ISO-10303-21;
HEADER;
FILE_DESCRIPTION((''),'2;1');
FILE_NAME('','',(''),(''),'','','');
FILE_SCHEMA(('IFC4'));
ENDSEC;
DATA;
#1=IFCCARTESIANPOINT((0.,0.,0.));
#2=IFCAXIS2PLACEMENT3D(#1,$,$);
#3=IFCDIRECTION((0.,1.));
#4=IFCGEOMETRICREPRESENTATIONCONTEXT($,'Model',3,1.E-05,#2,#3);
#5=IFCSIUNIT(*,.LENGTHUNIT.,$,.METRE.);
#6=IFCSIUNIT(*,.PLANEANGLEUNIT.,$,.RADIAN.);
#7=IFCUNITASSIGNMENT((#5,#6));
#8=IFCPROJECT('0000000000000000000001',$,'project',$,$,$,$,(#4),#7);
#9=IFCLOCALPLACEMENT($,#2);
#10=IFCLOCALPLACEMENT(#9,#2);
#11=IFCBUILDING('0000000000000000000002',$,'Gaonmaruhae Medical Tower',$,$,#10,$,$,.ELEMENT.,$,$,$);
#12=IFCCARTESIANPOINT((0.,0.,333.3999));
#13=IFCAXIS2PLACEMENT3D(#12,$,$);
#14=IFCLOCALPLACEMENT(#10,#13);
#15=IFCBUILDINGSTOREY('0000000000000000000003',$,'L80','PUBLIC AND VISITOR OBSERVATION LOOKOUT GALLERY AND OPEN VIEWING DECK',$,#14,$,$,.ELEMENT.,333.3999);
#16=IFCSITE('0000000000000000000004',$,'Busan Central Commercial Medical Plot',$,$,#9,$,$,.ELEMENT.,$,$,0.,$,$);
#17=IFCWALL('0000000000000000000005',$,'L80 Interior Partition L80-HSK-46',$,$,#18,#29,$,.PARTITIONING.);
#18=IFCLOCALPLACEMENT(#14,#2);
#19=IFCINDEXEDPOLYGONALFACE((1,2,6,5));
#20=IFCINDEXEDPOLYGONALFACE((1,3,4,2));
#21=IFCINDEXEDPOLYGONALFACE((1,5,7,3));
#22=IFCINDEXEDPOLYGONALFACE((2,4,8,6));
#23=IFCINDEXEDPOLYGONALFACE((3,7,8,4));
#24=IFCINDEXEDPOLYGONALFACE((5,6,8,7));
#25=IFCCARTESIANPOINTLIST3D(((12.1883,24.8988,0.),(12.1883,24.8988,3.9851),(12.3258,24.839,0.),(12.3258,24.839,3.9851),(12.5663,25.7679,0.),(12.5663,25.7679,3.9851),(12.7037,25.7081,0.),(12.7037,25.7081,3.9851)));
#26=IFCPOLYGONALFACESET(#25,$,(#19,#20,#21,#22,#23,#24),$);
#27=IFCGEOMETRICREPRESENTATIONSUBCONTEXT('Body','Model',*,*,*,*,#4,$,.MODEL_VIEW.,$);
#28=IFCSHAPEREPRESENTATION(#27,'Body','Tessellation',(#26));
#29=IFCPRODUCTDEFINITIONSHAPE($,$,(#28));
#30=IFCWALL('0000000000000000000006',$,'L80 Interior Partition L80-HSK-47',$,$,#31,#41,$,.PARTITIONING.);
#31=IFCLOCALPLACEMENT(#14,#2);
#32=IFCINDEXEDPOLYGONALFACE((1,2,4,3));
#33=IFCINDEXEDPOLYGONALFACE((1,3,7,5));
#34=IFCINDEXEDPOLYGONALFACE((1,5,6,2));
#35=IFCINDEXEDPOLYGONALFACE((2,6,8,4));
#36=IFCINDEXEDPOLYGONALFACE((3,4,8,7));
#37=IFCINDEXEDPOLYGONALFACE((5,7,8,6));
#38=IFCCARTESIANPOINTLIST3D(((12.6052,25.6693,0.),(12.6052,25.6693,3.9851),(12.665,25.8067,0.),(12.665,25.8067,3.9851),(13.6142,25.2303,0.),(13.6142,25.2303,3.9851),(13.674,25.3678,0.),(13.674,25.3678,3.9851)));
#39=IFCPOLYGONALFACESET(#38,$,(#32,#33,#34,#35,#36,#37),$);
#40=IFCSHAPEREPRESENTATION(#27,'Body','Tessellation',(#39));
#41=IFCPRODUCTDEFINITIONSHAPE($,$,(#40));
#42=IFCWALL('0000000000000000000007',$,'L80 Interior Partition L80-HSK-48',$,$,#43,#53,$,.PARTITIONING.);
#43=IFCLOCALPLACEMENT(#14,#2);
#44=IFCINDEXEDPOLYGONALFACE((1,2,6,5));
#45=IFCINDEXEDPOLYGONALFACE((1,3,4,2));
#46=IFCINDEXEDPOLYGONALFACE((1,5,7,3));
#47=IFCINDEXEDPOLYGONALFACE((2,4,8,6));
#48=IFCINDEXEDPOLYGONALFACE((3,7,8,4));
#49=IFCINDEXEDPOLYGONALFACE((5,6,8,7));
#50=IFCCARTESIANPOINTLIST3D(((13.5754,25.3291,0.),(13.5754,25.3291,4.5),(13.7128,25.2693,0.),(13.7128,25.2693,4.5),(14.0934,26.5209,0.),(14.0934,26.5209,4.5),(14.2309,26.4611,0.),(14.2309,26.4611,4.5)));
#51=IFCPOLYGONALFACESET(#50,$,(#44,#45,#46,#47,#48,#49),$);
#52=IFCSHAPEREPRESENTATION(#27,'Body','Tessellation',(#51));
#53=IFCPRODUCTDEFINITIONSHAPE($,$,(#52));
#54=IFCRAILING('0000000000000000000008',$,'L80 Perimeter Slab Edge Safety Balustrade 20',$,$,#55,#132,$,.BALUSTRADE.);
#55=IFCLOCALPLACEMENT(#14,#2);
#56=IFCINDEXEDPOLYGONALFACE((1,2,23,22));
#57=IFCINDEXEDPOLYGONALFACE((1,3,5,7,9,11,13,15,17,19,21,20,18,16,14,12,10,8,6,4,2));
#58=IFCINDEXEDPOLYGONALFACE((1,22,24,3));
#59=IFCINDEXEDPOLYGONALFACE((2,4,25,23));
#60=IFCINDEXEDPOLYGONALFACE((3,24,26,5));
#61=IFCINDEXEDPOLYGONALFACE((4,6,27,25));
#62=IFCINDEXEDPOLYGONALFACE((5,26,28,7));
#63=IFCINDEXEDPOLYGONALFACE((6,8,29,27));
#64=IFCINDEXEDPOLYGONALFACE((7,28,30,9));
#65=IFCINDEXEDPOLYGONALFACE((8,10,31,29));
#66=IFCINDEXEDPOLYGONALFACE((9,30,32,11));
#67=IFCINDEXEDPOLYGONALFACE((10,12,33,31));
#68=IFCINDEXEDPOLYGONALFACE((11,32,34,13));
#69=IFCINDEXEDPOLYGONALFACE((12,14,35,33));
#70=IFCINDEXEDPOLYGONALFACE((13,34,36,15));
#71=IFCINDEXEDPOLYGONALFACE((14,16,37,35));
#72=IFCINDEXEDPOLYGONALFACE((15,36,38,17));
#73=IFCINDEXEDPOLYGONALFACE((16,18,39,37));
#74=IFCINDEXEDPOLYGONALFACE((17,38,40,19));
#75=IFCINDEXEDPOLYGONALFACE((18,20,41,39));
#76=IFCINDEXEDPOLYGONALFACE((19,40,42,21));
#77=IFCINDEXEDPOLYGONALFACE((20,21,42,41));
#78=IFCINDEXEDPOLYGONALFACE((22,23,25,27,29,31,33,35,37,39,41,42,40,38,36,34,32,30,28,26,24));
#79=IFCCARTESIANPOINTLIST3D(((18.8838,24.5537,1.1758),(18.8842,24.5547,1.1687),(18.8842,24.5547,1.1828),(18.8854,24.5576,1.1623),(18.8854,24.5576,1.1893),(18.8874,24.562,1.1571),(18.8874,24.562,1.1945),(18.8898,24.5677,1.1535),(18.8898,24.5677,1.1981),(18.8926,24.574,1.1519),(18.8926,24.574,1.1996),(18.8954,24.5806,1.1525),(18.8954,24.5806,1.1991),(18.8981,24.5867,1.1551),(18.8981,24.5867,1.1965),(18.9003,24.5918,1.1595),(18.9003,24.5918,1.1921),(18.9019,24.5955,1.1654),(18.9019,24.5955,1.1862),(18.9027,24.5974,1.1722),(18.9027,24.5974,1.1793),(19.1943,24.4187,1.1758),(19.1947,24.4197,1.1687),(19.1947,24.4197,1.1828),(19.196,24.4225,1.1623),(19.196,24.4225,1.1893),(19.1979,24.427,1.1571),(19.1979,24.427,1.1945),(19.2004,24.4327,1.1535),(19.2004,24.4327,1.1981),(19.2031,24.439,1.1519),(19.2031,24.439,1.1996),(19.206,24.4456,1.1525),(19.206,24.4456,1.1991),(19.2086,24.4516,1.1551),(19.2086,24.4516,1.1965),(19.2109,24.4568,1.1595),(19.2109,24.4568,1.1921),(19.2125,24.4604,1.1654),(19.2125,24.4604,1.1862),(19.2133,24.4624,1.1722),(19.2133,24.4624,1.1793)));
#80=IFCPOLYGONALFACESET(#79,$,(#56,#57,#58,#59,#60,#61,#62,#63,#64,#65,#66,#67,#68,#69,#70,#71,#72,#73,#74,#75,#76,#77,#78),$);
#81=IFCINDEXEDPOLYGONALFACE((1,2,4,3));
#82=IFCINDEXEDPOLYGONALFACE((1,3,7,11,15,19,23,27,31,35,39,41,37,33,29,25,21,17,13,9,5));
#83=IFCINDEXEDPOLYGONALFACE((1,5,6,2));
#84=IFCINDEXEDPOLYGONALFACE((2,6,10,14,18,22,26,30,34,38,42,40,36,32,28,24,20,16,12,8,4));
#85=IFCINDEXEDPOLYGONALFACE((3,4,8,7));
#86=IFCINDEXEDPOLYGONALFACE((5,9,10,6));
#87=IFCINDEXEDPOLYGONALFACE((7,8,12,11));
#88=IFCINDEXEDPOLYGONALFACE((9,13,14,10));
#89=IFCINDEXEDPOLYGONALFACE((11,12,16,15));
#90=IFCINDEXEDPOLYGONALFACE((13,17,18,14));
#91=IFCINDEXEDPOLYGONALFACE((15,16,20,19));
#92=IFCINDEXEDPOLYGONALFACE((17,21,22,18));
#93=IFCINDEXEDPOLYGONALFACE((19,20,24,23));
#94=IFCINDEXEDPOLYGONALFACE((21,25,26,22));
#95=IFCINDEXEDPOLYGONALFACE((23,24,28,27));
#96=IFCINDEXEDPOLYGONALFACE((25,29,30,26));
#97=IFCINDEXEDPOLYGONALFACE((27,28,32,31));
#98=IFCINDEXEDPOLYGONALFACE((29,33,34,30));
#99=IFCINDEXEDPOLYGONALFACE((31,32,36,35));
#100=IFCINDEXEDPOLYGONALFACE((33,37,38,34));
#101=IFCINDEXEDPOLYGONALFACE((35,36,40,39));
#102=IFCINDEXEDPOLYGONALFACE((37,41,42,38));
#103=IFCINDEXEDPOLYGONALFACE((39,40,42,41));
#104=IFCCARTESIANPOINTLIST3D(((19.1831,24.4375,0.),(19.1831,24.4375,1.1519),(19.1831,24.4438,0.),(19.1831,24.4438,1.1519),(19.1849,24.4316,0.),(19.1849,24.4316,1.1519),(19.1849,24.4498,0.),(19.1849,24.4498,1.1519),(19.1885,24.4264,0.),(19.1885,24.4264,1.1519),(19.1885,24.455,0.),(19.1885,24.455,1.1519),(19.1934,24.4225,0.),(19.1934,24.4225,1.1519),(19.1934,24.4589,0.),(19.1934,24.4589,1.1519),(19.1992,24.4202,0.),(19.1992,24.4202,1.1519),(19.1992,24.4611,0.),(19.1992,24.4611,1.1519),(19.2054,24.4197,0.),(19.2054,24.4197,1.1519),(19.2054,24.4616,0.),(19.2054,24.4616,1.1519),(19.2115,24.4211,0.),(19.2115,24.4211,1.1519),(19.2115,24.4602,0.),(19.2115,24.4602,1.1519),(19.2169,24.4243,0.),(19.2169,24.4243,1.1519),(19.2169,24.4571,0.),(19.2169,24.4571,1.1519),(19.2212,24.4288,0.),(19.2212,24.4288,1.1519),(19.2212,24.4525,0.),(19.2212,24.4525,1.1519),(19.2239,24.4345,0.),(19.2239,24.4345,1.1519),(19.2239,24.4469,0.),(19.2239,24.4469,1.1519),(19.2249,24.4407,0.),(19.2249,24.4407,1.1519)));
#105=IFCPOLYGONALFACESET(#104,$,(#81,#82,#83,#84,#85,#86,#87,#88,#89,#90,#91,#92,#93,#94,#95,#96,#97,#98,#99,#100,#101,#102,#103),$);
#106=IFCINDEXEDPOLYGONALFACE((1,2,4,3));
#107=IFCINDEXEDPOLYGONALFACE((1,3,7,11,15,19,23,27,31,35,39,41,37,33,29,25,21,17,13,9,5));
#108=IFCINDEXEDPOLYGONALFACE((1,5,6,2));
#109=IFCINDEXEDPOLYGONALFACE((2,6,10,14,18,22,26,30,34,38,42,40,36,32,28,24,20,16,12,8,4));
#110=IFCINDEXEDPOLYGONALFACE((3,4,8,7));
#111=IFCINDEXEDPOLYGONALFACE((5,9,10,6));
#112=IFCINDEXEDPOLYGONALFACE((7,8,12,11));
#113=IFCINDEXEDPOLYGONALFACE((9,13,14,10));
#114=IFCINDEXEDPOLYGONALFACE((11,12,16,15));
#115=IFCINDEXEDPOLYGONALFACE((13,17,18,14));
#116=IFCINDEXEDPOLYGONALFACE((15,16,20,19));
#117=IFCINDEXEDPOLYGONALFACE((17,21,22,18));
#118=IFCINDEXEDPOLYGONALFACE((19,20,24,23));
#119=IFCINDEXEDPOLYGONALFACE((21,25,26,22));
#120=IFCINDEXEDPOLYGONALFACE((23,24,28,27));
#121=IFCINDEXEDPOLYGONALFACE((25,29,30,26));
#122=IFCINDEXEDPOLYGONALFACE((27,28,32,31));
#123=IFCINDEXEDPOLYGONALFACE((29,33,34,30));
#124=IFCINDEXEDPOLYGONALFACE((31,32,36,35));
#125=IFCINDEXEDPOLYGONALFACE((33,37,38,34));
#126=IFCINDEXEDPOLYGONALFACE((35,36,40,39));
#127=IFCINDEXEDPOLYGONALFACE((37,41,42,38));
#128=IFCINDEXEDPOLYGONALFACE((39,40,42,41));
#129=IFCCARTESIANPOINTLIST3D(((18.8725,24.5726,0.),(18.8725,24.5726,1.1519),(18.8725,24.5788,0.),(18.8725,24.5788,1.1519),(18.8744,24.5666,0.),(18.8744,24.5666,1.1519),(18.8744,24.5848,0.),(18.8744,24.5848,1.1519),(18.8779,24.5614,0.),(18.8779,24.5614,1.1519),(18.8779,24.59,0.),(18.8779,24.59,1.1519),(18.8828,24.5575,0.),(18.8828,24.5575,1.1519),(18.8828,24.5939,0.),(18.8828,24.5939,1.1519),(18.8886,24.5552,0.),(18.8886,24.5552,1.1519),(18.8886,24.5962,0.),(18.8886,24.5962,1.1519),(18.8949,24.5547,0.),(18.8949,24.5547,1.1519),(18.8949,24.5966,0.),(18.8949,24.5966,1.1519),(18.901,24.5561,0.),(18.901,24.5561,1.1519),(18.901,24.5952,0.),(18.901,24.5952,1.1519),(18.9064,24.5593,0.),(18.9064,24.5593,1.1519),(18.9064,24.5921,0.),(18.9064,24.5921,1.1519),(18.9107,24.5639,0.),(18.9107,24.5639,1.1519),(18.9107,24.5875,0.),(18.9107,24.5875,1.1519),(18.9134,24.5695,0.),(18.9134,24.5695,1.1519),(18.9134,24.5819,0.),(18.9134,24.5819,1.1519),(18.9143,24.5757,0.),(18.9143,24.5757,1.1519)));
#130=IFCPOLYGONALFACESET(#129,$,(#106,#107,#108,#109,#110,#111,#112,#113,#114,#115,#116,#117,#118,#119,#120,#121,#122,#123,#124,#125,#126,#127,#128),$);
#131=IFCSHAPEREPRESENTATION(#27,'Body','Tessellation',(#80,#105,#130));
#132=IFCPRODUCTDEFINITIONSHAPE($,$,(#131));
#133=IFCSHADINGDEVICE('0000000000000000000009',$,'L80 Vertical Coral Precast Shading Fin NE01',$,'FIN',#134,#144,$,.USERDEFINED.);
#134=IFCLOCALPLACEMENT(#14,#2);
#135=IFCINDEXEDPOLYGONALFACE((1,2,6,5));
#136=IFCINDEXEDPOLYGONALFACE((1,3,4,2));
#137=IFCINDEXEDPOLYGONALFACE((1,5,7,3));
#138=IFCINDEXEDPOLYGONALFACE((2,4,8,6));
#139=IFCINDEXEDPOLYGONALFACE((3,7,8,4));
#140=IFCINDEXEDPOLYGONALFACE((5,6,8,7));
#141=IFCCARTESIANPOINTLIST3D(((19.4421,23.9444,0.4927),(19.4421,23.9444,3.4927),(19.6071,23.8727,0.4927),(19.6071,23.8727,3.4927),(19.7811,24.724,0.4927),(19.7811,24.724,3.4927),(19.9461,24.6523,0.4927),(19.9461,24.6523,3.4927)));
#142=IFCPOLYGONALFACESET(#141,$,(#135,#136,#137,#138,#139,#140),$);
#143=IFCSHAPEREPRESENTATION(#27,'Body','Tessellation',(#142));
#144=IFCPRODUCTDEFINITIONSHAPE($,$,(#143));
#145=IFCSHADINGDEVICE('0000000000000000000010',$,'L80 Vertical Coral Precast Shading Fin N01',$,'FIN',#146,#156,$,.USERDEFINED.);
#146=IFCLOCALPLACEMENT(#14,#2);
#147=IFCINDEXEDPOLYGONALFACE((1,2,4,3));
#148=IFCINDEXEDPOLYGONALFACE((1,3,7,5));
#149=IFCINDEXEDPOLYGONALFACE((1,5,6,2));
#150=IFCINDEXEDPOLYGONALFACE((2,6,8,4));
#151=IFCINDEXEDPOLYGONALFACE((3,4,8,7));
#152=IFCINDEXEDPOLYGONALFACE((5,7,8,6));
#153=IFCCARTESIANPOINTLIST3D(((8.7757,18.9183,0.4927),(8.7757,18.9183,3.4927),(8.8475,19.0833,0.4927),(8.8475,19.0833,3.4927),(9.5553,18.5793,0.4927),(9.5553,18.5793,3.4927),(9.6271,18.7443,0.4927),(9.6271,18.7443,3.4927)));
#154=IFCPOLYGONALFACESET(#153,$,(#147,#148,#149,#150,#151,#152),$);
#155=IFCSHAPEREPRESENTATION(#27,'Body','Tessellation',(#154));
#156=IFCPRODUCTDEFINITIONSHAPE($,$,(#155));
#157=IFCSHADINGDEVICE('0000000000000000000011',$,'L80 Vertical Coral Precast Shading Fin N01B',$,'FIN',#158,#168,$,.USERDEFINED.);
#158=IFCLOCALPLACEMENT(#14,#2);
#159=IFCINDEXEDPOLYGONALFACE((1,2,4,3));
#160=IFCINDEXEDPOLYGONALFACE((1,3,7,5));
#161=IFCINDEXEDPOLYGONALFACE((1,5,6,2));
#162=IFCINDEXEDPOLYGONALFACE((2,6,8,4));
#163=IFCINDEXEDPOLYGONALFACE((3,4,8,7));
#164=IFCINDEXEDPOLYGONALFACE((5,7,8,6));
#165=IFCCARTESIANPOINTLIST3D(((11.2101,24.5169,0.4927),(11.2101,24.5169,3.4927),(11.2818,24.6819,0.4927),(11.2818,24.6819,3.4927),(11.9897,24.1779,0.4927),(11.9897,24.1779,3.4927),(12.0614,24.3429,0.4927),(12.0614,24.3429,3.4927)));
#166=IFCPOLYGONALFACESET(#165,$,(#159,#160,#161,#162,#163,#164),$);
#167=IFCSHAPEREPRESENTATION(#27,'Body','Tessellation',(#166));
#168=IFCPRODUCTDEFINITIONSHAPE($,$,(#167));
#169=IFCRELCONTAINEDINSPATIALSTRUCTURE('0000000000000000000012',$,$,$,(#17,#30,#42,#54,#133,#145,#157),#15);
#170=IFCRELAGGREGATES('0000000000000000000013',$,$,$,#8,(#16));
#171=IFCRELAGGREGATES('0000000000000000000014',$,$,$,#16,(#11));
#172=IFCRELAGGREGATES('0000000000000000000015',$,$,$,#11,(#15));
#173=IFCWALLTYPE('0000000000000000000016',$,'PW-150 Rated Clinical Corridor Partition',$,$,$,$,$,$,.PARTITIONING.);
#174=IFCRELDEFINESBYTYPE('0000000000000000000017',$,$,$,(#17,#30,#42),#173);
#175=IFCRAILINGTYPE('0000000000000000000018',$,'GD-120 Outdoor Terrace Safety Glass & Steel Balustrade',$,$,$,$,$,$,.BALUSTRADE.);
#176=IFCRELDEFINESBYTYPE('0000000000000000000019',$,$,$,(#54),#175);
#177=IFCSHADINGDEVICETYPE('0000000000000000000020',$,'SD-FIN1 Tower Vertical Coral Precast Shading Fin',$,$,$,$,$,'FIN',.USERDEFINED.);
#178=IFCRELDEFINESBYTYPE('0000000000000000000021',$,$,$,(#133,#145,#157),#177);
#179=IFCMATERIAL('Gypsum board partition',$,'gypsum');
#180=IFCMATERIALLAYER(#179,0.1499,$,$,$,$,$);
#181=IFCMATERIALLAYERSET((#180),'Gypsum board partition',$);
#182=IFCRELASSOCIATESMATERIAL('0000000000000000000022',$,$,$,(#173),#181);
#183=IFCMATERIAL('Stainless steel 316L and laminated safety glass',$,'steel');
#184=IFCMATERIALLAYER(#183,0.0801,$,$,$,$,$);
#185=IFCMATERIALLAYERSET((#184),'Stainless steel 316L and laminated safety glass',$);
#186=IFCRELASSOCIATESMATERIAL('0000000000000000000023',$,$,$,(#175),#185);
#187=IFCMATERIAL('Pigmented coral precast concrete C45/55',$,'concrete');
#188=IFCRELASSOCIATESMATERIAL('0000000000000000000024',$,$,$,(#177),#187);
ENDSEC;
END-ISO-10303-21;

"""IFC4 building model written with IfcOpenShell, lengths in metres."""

from ifc_helpers import new_model, si_unit, direction, frame, frame_2d, origin, origin_2d, place, context, subcontext, project, spatial, rectangle, circle, extrude, material, layer, layer_set, type_object, element, save


model = new_model("IFC4")

# Units and contexts
model_context = context("Model", 3, precision=1e-05, world=origin(), true_north=direction((0.0, 1.0)))
body_context = subcontext(model_context, "Body", "Model", "MODEL_VIEW")
ifc_project = project(units=[si_unit("LENGTHUNIT", "METRE"), si_unit("PLANEANGLEUNIT", "RADIAN")], contexts=[model_context])

# Site, building, storey
site_placement = place(None, origin())
site = spatial("IfcSite", under=ifc_project, at=site_placement, Name="Busan Central Commercial Medical Plot", CompositionType="ELEMENT", RefElevation=0.0)
building_placement = place(site_placement, origin())
building = spatial("IfcBuilding", under=site, at=building_placement, Name="Gaonmaruhae Medical Tower", CompositionType="ELEMENT")
storey_placement = place(building_placement, frame((0.0, 0.0, 333.3999)))
storey = spatial("IfcBuildingStorey", under=building, at=storey_placement, Name="L80", Description="PUBLIC AND VISITOR OBSERVATION LOOKOUT GALLERY AND OPEN VIEWING DECK", CompositionType="ELEMENT", Elevation=333.3999)

# Shared definitions
ifc_material_1 = material(Name="Gypsum board partition", Category="gypsum")
ifc_layer_1 = layer(ifc_material_1, 0.1499)
ifc_layer_set_1 = layer_set([ifc_layer_1], Name="Gypsum board partition")
wall_type_1 = type_object("IfcWallType", Name="PW-150 Rated Clinical Corridor Partition", PredefinedType="PARTITIONING", material=ifc_layer_set_1)

# Walls
wall_1_placement = place(storey_placement, frame((12.2571, 24.8689, 0.0), z_axis=(0.0, 0.0, 1.0), x_axis=(0.398764, 0.917054, 0.0)))
element("IfcWall", 1, at=wall_1_placement, inside=storey, type_object=wall_type_1, Name="L80 Interior Partition L80-HSK-46", PredefinedType="PARTITIONING", context=body_context, shape_type="SweptSolid", body=[
    extrude(rectangle(XDim=0.9478, YDim=0.1499, at=frame_2d((0.4739, 0.0))), origin(), (0.0, 0.0, 1.0), 3.9851),
])
wall_2_placement = place(storey_placement, frame((12.635, 25.738, 0.0), z_axis=(0.0, 0.0, 1.0), x_axis=(0.916985, -0.398921, 0.0)))
element("IfcWall", 2, at=wall_2_placement, inside=storey, type_object=wall_type_1, Name="L80 Interior Partition L80-HSK-47", PredefinedType="PARTITIONING", context=body_context, shape_type="SweptSolid", body=[
    extrude(rectangle(XDim=1.1003, YDim=0.1499, at=frame_2d((0.5503, 0.0))), origin(), (0.0, 0.0, 1.0), 3.9851),
])
wall_3_placement = place(storey_placement, frame((13.644, 25.2991, 0.0), z_axis=(0.0, 0.0, 1.0), x_axis=(0.39863, 0.917112, 0.0)))
element("IfcWall", 3, at=wall_3_placement, inside=storey, type_object=wall_type_1, Name="L80 Interior Partition L80-HSK-48", PredefinedType="PARTITIONING", context=body_context, shape_type="SweptSolid", body=[
    extrude(rectangle(XDim=1.2996, YDim=0.1499, at=frame_2d((0.6499, 0.0))), origin(), (0.0, 0.0, 1.0), 4.5),
])

# Railing
ifc_material_2 = material(Name="Stainless steel 316L and laminated safety glass", Category="steel")
ifc_layer_2 = layer(ifc_material_2, 0.0801)
ifc_layer_set_2 = layer_set([ifc_layer_2], Name="Stainless steel 316L and laminated safety glass")
railing_type = type_object("IfcRailingType", Name="GD-120 Outdoor Terrace Safety Glass & Steel Balustrade", PredefinedType="BALUSTRADE", material=ifc_layer_set_2)
railing_placement = place(storey_placement, frame((19.2039, 24.4407, 0.0)))
element("IfcRailing", 4, at=railing_placement, inside=storey, type_object=railing_type, Name="L80 Perimeter Slab Edge Safety Balustrade 20", PredefinedType="BALUSTRADE", context=body_context, shape_type="SweptSolid", body=[
    extrude(circle(Radius=0.0239, at=origin_2d()), frame((0.0, 0.0, 1.1758), z_axis=(-0.917082, 0.3987, 0.0), x_axis=(-0.3987, -0.917082, 0.0)), (0.0, 0.0, 1.0), 0.3386),
    extrude(circle(Radius=0.021, at=origin_2d()), origin(), (0.0, 0.0, 1.0), 1.1519),
    extrude(circle(Radius=0.021, at=origin_2d()), frame((-0.3105, 0.135, 0.0)), (0.0, 0.0, 1.0), 1.1519),
])

# Shading devices
ifc_material_3 = material(Name="Pigmented coral precast concrete C45/55", Category="concrete")
shading_device_type = type_object("IfcShadingDeviceType", Name="SD-FIN1 Tower Vertical Coral Precast Shading Fin", ElementType="FIN", PredefinedType="USERDEFINED", material=ifc_material_3)
for number, where, z_axis, x_axis, name in (
    (5, (19.6941, 24.2983, 0.4927), (0.0, 0.0, 1.0), (0.91706, -0.398749, 0.0), "L80 Vertical Coral Precast Shading Fin NE01"),
    (6, (9.2014, 18.8313, 0.4927), (0.0, 0.0, 1.0), (0.398749, 0.91706, 0.0), "L80 Vertical Coral Precast Shading Fin N01"),
    (7, (11.6357, 24.4299, 0.4927), (0.0, 0.0, 1.0), (0.398749, 0.91706, 0.0), "L80 Vertical Coral Precast Shading Fin N01B"),
):
    element("IfcShadingDevice", number, at=place(storey_placement, frame(where, z_axis=z_axis, x_axis=x_axis)), inside=storey, type_object=shading_device_type, Name=name, ObjectType="FIN", PredefinedType="USERDEFINED", context=body_context, shape_type="SweptSolid", body=[
        extrude(rectangle(XDim=0.1799, YDim=0.8501, at=origin_2d()), origin(), (0.0, 0.0, 1.0), 3.0),
    ])

save(model, "model.ifc")
